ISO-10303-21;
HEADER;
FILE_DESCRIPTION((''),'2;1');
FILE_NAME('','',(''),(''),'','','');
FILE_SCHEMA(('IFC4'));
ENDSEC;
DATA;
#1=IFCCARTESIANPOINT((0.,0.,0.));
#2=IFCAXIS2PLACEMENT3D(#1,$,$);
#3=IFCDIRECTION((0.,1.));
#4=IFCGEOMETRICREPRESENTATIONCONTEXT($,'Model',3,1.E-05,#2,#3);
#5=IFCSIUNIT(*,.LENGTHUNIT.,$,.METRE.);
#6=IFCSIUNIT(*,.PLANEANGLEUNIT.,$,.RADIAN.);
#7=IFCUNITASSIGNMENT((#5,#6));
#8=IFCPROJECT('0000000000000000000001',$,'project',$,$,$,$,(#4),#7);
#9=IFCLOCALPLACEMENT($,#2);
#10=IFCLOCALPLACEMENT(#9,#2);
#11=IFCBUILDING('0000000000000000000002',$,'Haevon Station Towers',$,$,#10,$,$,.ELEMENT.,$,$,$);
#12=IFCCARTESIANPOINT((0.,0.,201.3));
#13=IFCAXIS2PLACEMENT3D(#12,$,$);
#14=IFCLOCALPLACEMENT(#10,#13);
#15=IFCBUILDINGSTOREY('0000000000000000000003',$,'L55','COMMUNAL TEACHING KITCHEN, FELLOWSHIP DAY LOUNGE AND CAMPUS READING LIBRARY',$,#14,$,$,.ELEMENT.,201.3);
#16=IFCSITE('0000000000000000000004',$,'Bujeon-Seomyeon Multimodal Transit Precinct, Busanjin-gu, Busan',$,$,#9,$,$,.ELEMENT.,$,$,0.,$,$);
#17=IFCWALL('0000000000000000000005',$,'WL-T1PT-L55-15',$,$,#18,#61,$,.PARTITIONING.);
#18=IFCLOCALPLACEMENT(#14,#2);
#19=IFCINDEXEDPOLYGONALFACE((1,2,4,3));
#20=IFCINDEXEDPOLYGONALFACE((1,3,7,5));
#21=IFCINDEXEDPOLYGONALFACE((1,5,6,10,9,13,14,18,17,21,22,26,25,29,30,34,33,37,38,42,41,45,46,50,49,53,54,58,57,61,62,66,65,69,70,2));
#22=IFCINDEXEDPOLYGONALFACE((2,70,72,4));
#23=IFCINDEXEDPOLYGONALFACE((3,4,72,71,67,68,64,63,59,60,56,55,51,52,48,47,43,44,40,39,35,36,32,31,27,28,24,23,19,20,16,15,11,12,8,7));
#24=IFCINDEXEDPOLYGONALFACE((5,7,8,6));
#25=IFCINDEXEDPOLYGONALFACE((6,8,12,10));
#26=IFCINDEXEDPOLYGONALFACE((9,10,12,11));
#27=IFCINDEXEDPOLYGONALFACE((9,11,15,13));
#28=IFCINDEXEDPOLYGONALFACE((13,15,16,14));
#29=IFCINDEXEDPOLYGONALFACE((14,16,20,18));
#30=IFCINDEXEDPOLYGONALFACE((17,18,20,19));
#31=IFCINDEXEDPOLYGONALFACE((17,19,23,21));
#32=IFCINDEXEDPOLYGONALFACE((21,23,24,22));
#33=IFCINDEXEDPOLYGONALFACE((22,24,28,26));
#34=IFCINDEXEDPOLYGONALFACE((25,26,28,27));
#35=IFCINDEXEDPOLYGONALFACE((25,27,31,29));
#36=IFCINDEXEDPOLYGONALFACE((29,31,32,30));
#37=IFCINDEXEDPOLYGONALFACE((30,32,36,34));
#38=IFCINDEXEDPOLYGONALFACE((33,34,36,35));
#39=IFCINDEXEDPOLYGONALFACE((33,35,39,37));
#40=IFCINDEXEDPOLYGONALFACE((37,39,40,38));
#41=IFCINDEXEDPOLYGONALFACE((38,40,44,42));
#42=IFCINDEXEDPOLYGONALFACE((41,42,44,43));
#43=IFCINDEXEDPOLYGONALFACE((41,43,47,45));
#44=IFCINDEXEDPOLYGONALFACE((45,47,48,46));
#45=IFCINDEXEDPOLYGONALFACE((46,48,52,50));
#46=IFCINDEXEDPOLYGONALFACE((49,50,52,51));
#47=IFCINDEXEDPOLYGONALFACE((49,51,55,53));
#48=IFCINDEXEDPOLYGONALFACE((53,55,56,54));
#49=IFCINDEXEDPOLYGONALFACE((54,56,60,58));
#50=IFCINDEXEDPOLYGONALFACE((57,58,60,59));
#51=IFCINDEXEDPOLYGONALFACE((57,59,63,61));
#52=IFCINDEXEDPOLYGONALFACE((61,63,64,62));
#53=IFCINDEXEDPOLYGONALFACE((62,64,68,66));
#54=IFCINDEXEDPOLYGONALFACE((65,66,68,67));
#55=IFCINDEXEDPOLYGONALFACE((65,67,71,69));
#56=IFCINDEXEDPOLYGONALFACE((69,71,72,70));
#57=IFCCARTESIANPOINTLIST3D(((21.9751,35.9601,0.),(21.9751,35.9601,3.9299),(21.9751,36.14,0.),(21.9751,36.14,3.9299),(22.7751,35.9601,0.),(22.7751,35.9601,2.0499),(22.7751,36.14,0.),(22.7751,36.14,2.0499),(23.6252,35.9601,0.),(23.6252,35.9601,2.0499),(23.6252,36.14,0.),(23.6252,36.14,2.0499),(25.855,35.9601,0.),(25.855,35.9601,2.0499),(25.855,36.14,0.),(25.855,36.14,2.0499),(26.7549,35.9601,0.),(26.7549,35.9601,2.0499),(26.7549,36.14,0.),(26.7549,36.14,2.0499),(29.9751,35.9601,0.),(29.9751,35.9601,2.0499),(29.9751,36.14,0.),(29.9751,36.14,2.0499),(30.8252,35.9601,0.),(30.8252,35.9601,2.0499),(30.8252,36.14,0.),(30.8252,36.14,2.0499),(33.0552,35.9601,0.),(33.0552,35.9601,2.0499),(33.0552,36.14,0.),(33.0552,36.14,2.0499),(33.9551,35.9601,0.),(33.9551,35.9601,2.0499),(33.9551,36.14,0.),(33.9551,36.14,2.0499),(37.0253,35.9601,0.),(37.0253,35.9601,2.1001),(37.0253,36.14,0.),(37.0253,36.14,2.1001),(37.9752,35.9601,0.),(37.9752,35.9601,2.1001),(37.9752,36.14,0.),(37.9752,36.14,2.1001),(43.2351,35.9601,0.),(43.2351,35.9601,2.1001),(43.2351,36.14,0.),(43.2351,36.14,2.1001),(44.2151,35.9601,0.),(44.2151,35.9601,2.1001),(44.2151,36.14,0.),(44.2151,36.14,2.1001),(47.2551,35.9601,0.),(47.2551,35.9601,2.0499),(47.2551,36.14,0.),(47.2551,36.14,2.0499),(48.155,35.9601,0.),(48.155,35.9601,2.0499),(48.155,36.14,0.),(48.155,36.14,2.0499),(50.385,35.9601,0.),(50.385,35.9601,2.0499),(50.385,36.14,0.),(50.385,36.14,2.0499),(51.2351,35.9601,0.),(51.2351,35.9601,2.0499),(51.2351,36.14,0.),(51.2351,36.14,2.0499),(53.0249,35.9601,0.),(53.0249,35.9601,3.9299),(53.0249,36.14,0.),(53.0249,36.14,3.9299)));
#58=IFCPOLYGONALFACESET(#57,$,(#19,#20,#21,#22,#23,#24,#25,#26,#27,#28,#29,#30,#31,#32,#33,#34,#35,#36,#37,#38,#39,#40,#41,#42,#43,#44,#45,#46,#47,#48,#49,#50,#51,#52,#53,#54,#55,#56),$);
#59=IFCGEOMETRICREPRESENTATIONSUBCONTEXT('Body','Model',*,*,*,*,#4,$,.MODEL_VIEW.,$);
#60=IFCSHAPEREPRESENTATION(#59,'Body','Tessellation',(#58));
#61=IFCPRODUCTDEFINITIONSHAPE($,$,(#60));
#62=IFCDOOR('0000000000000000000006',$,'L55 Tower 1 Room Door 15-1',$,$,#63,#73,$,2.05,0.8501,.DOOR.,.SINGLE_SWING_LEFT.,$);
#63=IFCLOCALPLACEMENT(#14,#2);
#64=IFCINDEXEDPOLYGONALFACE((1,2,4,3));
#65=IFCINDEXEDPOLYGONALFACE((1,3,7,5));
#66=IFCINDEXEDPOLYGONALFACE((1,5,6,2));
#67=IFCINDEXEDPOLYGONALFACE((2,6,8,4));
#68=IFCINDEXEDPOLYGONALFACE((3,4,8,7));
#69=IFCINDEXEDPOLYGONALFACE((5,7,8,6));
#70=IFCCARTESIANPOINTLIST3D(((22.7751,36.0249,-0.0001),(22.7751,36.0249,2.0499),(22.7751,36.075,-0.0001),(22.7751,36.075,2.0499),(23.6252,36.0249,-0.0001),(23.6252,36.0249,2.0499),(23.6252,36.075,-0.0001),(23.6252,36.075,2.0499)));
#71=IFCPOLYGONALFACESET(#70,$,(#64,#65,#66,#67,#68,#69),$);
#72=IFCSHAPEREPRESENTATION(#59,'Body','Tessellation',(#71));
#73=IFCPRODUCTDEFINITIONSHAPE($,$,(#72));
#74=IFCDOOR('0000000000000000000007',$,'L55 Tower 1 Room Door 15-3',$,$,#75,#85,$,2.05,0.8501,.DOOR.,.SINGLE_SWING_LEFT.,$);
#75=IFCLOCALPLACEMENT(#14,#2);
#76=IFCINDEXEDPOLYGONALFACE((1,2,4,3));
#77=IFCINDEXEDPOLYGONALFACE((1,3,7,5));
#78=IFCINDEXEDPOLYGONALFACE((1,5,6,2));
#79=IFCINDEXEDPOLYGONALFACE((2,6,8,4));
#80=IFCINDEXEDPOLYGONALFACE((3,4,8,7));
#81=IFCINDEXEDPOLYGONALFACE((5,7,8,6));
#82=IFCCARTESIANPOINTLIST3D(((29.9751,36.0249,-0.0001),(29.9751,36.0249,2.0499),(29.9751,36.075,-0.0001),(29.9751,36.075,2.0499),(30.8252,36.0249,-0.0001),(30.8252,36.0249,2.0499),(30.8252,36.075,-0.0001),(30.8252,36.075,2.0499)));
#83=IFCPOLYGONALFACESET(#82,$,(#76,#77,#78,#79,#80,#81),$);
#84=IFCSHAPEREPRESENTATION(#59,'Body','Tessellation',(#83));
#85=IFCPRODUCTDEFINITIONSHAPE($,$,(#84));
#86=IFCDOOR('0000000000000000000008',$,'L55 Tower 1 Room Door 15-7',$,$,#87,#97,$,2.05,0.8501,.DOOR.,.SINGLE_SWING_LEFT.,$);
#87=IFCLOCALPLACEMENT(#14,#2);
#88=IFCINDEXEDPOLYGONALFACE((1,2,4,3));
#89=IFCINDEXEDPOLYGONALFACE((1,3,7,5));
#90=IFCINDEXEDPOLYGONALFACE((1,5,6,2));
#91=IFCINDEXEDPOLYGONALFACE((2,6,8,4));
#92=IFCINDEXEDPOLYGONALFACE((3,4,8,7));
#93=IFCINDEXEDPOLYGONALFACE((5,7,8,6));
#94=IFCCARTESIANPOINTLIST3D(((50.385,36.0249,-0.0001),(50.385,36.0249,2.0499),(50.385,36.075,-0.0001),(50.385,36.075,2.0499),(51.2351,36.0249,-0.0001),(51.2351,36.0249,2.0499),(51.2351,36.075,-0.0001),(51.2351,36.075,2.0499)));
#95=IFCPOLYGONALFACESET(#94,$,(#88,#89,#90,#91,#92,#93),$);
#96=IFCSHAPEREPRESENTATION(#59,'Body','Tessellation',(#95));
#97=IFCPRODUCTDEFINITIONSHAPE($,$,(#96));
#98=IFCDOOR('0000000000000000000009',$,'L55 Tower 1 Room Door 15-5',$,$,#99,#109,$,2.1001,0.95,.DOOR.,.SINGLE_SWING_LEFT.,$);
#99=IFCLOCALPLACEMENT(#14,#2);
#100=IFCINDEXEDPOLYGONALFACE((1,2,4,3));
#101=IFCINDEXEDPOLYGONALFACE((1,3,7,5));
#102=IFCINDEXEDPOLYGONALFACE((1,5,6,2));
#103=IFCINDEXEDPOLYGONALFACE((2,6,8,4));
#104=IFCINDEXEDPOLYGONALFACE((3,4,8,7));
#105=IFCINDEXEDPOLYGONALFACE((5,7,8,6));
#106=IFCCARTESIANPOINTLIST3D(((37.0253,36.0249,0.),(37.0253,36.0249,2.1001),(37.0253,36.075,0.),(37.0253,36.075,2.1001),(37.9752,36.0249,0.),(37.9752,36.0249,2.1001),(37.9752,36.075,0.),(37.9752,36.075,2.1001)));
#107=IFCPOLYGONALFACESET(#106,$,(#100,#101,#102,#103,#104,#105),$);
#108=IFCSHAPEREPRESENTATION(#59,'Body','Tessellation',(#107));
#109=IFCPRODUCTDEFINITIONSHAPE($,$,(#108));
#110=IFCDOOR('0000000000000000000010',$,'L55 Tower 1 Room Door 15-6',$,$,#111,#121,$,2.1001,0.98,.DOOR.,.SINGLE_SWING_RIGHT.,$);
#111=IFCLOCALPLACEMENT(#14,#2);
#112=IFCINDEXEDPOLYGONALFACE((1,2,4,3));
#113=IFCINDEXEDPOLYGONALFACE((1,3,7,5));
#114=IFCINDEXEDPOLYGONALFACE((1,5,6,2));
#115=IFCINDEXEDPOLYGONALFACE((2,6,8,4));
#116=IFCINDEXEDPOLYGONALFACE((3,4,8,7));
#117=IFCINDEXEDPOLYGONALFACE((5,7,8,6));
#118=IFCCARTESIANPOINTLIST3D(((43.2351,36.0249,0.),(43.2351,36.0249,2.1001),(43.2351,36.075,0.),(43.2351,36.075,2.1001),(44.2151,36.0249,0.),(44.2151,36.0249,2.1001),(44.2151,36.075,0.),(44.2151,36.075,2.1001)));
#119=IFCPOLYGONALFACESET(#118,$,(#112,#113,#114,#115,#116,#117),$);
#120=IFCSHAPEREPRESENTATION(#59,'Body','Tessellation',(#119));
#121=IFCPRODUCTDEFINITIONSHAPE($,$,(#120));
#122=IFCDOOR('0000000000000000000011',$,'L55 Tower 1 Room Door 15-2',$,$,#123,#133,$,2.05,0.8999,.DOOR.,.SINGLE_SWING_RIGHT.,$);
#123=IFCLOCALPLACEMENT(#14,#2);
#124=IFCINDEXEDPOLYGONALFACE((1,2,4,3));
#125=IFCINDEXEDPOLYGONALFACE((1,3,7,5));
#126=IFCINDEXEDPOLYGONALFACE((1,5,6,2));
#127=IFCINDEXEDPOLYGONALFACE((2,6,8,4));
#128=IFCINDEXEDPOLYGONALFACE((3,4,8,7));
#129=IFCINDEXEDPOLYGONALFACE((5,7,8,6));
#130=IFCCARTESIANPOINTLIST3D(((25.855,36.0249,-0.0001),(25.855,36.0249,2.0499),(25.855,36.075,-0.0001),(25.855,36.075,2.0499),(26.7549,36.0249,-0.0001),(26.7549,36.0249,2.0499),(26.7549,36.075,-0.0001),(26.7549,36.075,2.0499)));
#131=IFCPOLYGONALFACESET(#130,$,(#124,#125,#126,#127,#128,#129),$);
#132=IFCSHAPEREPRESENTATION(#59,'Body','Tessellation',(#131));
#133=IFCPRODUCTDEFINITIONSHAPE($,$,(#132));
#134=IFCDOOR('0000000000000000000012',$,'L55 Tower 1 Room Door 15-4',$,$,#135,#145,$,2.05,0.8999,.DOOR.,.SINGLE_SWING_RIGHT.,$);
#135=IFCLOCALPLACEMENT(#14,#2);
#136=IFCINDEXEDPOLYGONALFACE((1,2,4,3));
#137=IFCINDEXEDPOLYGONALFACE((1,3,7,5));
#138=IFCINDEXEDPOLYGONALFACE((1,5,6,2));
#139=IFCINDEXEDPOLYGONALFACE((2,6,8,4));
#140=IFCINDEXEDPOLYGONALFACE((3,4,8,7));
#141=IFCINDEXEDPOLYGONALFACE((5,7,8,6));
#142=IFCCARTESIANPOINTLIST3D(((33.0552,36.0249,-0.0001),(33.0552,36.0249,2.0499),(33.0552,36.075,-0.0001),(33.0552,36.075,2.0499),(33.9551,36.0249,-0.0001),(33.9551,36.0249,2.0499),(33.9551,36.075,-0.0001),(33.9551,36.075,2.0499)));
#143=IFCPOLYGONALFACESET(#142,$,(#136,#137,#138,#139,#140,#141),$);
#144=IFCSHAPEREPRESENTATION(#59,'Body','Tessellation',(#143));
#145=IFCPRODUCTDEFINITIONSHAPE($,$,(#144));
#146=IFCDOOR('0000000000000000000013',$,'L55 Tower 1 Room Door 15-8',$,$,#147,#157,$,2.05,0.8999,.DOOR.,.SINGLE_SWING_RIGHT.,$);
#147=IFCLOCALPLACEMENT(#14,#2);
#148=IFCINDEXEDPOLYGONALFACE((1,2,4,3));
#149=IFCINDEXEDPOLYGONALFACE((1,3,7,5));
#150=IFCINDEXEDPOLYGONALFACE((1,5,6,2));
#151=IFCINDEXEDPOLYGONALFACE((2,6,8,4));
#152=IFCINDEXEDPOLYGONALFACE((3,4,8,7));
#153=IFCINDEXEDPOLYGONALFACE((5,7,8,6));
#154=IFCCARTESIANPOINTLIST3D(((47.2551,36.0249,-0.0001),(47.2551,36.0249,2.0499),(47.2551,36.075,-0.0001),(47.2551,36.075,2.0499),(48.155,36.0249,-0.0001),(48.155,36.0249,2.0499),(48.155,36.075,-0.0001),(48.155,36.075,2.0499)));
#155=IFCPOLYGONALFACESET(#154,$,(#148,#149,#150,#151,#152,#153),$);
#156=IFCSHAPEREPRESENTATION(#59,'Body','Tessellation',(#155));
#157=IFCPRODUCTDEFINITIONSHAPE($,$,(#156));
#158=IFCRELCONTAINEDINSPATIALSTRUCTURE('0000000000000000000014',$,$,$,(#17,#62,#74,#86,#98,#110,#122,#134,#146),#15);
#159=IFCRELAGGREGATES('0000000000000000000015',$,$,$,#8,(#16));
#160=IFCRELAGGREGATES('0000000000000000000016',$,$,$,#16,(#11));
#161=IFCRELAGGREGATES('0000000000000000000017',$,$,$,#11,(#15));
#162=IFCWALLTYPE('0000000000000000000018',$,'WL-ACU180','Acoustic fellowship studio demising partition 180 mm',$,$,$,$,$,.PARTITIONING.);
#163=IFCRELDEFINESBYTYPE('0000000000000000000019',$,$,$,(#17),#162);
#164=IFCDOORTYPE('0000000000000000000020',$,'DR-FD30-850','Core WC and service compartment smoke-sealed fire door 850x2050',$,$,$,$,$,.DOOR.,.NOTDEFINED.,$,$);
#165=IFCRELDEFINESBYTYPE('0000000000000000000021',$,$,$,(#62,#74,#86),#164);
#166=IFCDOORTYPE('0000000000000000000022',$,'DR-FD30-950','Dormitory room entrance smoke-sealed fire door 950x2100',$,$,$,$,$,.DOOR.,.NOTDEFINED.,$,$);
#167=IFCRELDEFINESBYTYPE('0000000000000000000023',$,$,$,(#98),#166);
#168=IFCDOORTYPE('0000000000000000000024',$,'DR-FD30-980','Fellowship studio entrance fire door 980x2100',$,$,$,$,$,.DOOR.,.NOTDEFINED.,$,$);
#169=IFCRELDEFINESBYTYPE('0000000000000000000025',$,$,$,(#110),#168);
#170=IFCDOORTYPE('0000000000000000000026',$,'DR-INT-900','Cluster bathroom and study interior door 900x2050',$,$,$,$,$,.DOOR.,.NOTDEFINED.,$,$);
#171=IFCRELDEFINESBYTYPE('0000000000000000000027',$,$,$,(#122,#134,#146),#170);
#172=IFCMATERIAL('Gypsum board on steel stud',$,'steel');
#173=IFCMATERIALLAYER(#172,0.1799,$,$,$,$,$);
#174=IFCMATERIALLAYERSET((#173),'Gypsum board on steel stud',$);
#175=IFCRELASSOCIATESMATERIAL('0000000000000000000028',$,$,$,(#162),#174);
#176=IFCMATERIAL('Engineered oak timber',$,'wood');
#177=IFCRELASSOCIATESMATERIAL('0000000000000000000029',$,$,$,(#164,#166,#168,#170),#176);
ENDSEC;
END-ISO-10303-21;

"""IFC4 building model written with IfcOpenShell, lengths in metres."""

from ifc_helpers import new_model, si_unit, direction, frame, frame_2d, origin, place, context, subcontext, project, spatial, rectangle, extrude, material, layer, layer_set, type_object, element, fill, save


model = new_model("IFC4")

# Units and contexts
model_context = context("Model", 3, precision=1e-05, world=origin(), true_north=direction((0.0, 1.0)))
body_context = subcontext(model_context, "Body", "Model", "MODEL_VIEW")
ifc_project = project(units=[si_unit("LENGTHUNIT", "METRE"), si_unit("PLANEANGLEUNIT", "RADIAN")], contexts=[model_context])

# Site, building, storey
site_placement = place(None, origin())
site = spatial("IfcSite", under=ifc_project, at=site_placement, Name="Bujeon-Seomyeon Multimodal Transit Precinct, Busanjin-gu, Busan", CompositionType="ELEMENT", RefElevation=0.0)
building_placement = place(site_placement, origin())
building = spatial("IfcBuilding", under=site, at=building_placement, Name="Haevon Station Towers", CompositionType="ELEMENT")
storey_placement = place(building_placement, frame((0.0, 0.0, 201.3)))
storey = spatial("IfcBuildingStorey", under=building, at=storey_placement, Name="L55", Description="COMMUNAL TEACHING KITCHEN, FELLOWSHIP DAY LOUNGE AND CAMPUS READING LIBRARY", CompositionType="ELEMENT", Elevation=201.3)

# Wall, openings, doors
ifc_material_1 = material(Name="Gypsum board on steel stud", Category="steel")
ifc_layer_1 = layer(ifc_material_1, 0.1799)
ifc_layer_set_1 = layer_set([ifc_layer_1], Name="Gypsum board on steel stud")
wall_type_1 = type_object("IfcWallType", Name="WL-ACU180", Description="Acoustic fellowship studio demising partition 180 mm", PredefinedType="PARTITIONING", material=ifc_layer_set_1)
wall_1_placement = place(storey_placement, frame((21.9751, 36.05, 0.0), z_axis=(0.0, 0.0, 1.0), x_axis=(1.0, 0.0, 0.0)))
wall_1 = element("IfcWall", 1, at=wall_1_placement, inside=storey, type_object=wall_type_1, Name="WL-T1PT-L55-15", PredefinedType="PARTITIONING", context=body_context, shape_type="SweptSolid", body=[
    extrude(rectangle(XDim=31.0498, YDim=0.1799, at=frame_2d((15.5249, 0.0))), origin(), (0.0, 0.0, 1.0), 3.9299),
])
opening_1_placement = place(wall_1_placement, frame((0.8, 0.0, 0.0)))
opening_1 = element("IfcOpeningElement", 2, at=opening_1_placement, cuts=wall_1, PredefinedType="OPENING", context=body_context, shape_type="SweptSolid", body=[
    extrude(rectangle(XDim=0.8501, YDim=2.05, at=frame_2d((0.425, 1.0249))), frame((0.0, 0.0999, 0.0), z_axis=(0.0, -1.0, 0.0), x_axis=(1.0, 0.0, 0.0)), (0.0, 0.0, 1.0), 0.2),
])
opening_2_placement = place(wall_1_placement, frame((3.8799, 0.0, 0.0)))
opening_2 = element("IfcOpeningElement", 3, at=opening_2_placement, cuts=wall_1, PredefinedType="OPENING", context=body_context, shape_type="SweptSolid", body=[
    extrude(rectangle(XDim=0.8999, YDim=2.05, at=frame_2d((0.45, 1.0249))), frame((0.0, 0.0999, 0.0), z_axis=(0.0, -1.0, 0.0), x_axis=(1.0, 0.0, 0.0)), (0.0, 0.0, 1.0), 0.2),
])
opening_3_placement = place(wall_1_placement, frame((8.0, 0.0, 0.0)))
opening_3 = element("IfcOpeningElement", 4, at=opening_3_placement, cuts=wall_1, PredefinedType="OPENING", context=body_context, shape_type="SweptSolid", body=[
    extrude(rectangle(XDim=0.8501, YDim=2.05, at=frame_2d((0.425, 1.0249))), frame((0.0, 0.0999, 0.0), z_axis=(0.0, -1.0, 0.0), x_axis=(1.0, 0.0, 0.0)), (0.0, 0.0, 1.0), 0.2),
])
opening_4_placement = place(wall_1_placement, frame((11.0801, 0.0, 0.0)))
opening_4 = element("IfcOpeningElement", 5, at=opening_4_placement, cuts=wall_1, PredefinedType="OPENING", context=body_context, shape_type="SweptSolid", body=[
    extrude(rectangle(XDim=0.8999, YDim=2.05, at=frame_2d((0.45, 1.0249))), frame((0.0, 0.0999, 0.0), z_axis=(0.0, -1.0, 0.0), x_axis=(1.0, 0.0, 0.0)), (0.0, 0.0, 1.0), 0.2),
])
opening_5_placement = place(wall_1_placement, frame((15.05, 0.0, 0.0)))
opening_5 = element("IfcOpeningElement", 6, at=opening_5_placement, cuts=wall_1, PredefinedType="OPENING", context=body_context, shape_type="SweptSolid", body=[
    extrude(rectangle(XDim=0.95, YDim=2.1001, at=frame_2d((0.4751, 1.05))), frame((0.0, 0.0999, 0.0), z_axis=(0.0, -1.0, 0.0), x_axis=(1.0, 0.0, 0.0)), (0.0, 0.0, 1.0), 0.2),
])
opening_6_placement = place(wall_1_placement, frame((21.26, 0.0, 0.0)))
opening_6 = element("IfcOpeningElement", 7, at=opening_6_placement, cuts=wall_1, PredefinedType="OPENING", context=body_context, shape_type="SweptSolid", body=[
    extrude(rectangle(XDim=0.98, YDim=2.1001, at=frame_2d((0.49, 1.05))), frame((0.0, 0.0999, 0.0), z_axis=(0.0, -1.0, 0.0), x_axis=(1.0, 0.0, 0.0)), (0.0, 0.0, 1.0), 0.2),
])
opening_7_placement = place(wall_1_placement, frame((28.4099, 0.0, 0.0)))
opening_7 = element("IfcOpeningElement", 8, at=opening_7_placement, cuts=wall_1, PredefinedType="OPENING", context=body_context, shape_type="SweptSolid", body=[
    extrude(rectangle(XDim=0.8501, YDim=2.05, at=frame_2d((0.425, 1.0249))), frame((0.0, 0.0999, 0.0), z_axis=(0.0, -1.0, 0.0), x_axis=(1.0, 0.0, 0.0)), (0.0, 0.0, 1.0), 0.2),
])
opening_8_placement = place(wall_1_placement, frame((25.28, 0.0, 0.0)))
opening_8 = element("IfcOpeningElement", 9, at=opening_8_placement, cuts=wall_1, PredefinedType="OPENING", context=body_context, shape_type="SweptSolid", body=[
    extrude(rectangle(XDim=0.8999, YDim=2.05, at=frame_2d((0.45, 1.0249))), frame((0.0, 0.0999, 0.0), z_axis=(0.0, -1.0, 0.0), x_axis=(1.0, 0.0, 0.0)), (0.0, 0.0, 1.0), 0.2),
])
ifc_material_2 = material(Name="Engineered oak timber", Category="wood")
door_type_1 = type_object("IfcDoorType", Name="DR-FD30-850", Description="Core WC and service compartment smoke-sealed fire door 850x2050", OperationType="NOTDEFINED", PredefinedType="DOOR", material=ifc_material_2)
door_1_placement = place(opening_1_placement, origin())
door_1 = element("IfcDoor", 10, at=door_1_placement, inside=storey, type_object=door_type_1, Name="L55 Tower 1 Room Door 15-1", OperationType="SINGLE_SWING_LEFT", OverallHeight=2.05, OverallWidth=0.8501, PredefinedType="DOOR", context=body_context, shape_type="SweptSolid", body=[
    extrude(rectangle(XDim=0.8501, YDim=2.05, at=frame_2d((0.425, 1.0249))), frame((0.0, 0.0249, 0.0), z_axis=(0.0, -1.0, 0.0), x_axis=(1.0, 0.0, 0.0)), (0.0, 0.0, 1.0), 0.05),
])
fill(opening_1, door_1)
door_2_placement = place(opening_3_placement, origin())
door_2 = element("IfcDoor", 11, at=door_2_placement, inside=storey, type_object=door_type_1, Name="L55 Tower 1 Room Door 15-3", OperationType="SINGLE_SWING_LEFT", OverallHeight=2.05, OverallWidth=0.8501, PredefinedType="DOOR", context=body_context, shape_type="SweptSolid", body=[
    extrude(rectangle(XDim=0.8501, YDim=2.05, at=frame_2d((0.425, 1.0249))), frame((0.0, 0.0249, 0.0), z_axis=(0.0, -1.0, 0.0), x_axis=(1.0, 0.0, 0.0)), (0.0, 0.0, 1.0), 0.05),
])
fill(opening_3, door_2)
door_3_placement = place(opening_7_placement, origin())
door_3 = element("IfcDoor", 12, at=door_3_placement, inside=storey, type_object=door_type_1, Name="L55 Tower 1 Room Door 15-7", OperationType="SINGLE_SWING_LEFT", OverallHeight=2.05, OverallWidth=0.8501, PredefinedType="DOOR", context=body_context, shape_type="SweptSolid", body=[
    extrude(rectangle(XDim=0.8501, YDim=2.05, at=frame_2d((0.425, 1.0249))), frame((0.0, 0.0249, 0.0), z_axis=(0.0, -1.0, 0.0), x_axis=(1.0, 0.0, 0.0)), (0.0, 0.0, 1.0), 0.05),
])
fill(opening_7, door_3)
door_type_2 = type_object("IfcDoorType", Name="DR-FD30-950", Description="Dormitory room entrance smoke-sealed fire door 950x2100", OperationType="NOTDEFINED", PredefinedType="DOOR", material=ifc_material_2)
door_4_placement = place(opening_5_placement, origin())
door_4 = element("IfcDoor", 13, at=door_4_placement, inside=storey, type_object=door_type_2, Name="L55 Tower 1 Room Door 15-5", OperationType="SINGLE_SWING_LEFT", OverallHeight=2.1001, OverallWidth=0.95, PredefinedType="DOOR", context=body_context, shape_type="SweptSolid", body=[
    extrude(rectangle(XDim=0.95, YDim=2.1001, at=frame_2d((0.4751, 1.05))), frame((0.0, 0.0249, 0.0), z_axis=(0.0, -1.0, 0.0), x_axis=(1.0, 0.0, 0.0)), (0.0, 0.0, 1.0), 0.05),
])
fill(opening_5, door_4)
door_type_3 = type_object("IfcDoorType", Name="DR-FD30-980", Description="Fellowship studio entrance fire door 980x2100", OperationType="NOTDEFINED", PredefinedType="DOOR", material=ifc_material_2)
door_5_placement = place(opening_6_placement, origin())
door_5 = element("IfcDoor", 14, at=door_5_placement, inside=storey, type_object=door_type_3, Name="L55 Tower 1 Room Door 15-6", OperationType="SINGLE_SWING_RIGHT", OverallHeight=2.1001, OverallWidth=0.98, PredefinedType="DOOR", context=body_context, shape_type="SweptSolid", body=[
    extrude(rectangle(XDim=0.98, YDim=2.1001, at=frame_2d((0.49, 1.05))), frame((0.0, 0.0249, 0.0), z_axis=(0.0, -1.0, 0.0), x_axis=(1.0, 0.0, 0.0)), (0.0, 0.0, 1.0), 0.05),
])
fill(opening_6, door_5)
door_type_4 = type_object("IfcDoorType", Name="DR-INT-900", Description="Cluster bathroom and study interior door 900x2050", OperationType="NOTDEFINED", PredefinedType="DOOR", material=ifc_material_2)
door_6_placement = place(opening_2_placement, origin())
door_6 = element("IfcDoor", 15, at=door_6_placement, inside=storey, type_object=door_type_4, Name="L55 Tower 1 Room Door 15-2", OperationType="SINGLE_SWING_RIGHT", OverallHeight=2.05, OverallWidth=0.8999, PredefinedType="DOOR", context=body_context, shape_type="SweptSolid", body=[
    extrude(rectangle(XDim=0.8999, YDim=2.05, at=frame_2d((0.45, 1.0249))), frame((0.0, 0.0249, 0.0), z_axis=(0.0, -1.0, 0.0), x_axis=(1.0, 0.0, 0.0)), (0.0, 0.0, 1.0), 0.05),
])
fill(opening_2, door_6)
door_7_placement = place(opening_4_placement, origin())
door_7 = element("IfcDoor", 16, at=door_7_placement, inside=storey, type_object=door_type_4, Name="L55 Tower 1 Room Door 15-4", OperationType="SINGLE_SWING_RIGHT", OverallHeight=2.05, OverallWidth=0.8999, PredefinedType="DOOR", context=body_context, shape_type="SweptSolid", body=[
    extrude(rectangle(XDim=0.8999, YDim=2.05, at=frame_2d((0.45, 1.0249))), frame((0.0, 0.0249, 0.0), z_axis=(0.0, -1.0, 0.0), x_axis=(1.0, 0.0, 0.0)), (0.0, 0.0, 1.0), 0.05),
])
fill(opening_4, door_7)
door_8_placement = place(opening_8_placement, origin())
door_8 = element("IfcDoor", 17, at=door_8_placement, inside=storey, type_object=door_type_4, Name="L55 Tower 1 Room Door 15-8", OperationType="SINGLE_SWING_RIGHT", OverallHeight=2.05, OverallWidth=0.8999, PredefinedType="DOOR", context=body_context, shape_type="SweptSolid", body=[
    extrude(rectangle(XDim=0.8999, YDim=2.05, at=frame_2d((0.45, 1.0249))), frame((0.0, 0.0249, 0.0), z_axis=(0.0, -1.0, 0.0), x_axis=(1.0, 0.0, 0.0)), (0.0, 0.0, 1.0), 0.05),
])
fill(opening_8, door_8)

save(model, "model.ifc")
